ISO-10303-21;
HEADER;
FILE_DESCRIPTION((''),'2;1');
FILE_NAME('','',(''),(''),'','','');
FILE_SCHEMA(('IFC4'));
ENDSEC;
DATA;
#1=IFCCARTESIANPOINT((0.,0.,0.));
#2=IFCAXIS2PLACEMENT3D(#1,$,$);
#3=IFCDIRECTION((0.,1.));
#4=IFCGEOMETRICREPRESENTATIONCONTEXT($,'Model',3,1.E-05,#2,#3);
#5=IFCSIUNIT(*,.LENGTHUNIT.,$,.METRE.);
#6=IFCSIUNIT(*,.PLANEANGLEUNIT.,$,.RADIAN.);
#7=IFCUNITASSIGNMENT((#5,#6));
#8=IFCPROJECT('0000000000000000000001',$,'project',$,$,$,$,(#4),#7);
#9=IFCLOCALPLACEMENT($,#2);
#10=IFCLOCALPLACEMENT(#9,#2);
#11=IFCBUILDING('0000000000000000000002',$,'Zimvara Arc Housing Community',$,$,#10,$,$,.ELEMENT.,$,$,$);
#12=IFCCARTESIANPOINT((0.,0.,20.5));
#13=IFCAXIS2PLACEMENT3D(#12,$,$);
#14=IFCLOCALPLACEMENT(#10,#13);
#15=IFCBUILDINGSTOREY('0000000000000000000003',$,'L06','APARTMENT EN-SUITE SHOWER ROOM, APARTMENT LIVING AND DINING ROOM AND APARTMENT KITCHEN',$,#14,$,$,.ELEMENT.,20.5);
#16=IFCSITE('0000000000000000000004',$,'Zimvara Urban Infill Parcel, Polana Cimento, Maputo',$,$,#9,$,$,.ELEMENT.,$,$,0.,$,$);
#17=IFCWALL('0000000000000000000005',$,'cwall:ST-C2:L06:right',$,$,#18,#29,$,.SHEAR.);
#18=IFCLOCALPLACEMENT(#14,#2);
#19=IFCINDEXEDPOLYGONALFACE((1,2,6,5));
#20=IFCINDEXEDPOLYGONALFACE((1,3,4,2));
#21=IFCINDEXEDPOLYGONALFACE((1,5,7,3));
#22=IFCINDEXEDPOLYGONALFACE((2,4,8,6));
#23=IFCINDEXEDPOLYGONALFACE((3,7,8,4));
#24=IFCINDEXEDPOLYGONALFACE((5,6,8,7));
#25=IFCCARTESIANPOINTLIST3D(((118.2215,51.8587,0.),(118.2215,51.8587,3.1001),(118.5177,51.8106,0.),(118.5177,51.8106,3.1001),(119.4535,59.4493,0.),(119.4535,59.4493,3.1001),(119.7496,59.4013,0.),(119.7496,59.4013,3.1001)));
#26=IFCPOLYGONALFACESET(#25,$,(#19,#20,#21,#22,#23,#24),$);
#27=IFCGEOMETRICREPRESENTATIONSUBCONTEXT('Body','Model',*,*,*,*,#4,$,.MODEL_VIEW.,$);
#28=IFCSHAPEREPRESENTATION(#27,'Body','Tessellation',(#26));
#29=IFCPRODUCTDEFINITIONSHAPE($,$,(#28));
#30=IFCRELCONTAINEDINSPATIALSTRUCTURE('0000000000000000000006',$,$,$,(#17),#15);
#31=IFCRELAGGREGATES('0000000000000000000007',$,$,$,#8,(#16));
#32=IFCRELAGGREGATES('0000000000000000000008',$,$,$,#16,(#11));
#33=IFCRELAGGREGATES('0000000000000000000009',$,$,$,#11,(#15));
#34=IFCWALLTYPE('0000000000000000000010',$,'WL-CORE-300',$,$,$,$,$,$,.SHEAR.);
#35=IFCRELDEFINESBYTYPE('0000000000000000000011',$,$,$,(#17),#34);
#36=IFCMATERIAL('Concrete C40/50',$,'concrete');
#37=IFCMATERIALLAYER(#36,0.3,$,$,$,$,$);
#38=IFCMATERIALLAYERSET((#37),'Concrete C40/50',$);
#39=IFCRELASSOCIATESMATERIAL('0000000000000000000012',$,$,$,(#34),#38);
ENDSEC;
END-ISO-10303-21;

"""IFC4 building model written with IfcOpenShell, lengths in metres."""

from ifc_helpers import new_model, si_unit, direction, frame, frame_2d, origin, place, context, subcontext, project, spatial, rectangle, extrude, material, layer, layer_set, type_object, element, save


model = new_model("IFC4")

# Units and contexts
model_context = context("Model", 3, precision=1e-05, world=origin(), true_north=direction((0.0, 1.0)))
body_context = subcontext(model_context, "Body", "Model", "MODEL_VIEW")
ifc_project = project(units=[si_unit("LENGTHUNIT", "METRE"), si_unit("PLANEANGLEUNIT", "RADIAN")], contexts=[model_context])

# Site, building, storey
site_placement = place(None, origin())
site = spatial("IfcSite", under=ifc_project, at=site_placement, Name="Zimvara Urban Infill Parcel, Polana Cimento, Maputo", CompositionType="ELEMENT", RefElevation=0.0)
building_placement = place(site_placement, origin())
building = spatial("IfcBuilding", under=site, at=building_placement, Name="Zimvara Arc Housing Community", CompositionType="ELEMENT")
storey_placement = place(building_placement, frame((0.0, 0.0, 20.5)))
storey = spatial("IfcBuildingStorey", under=building, at=storey_placement, Name="L06", Description="APARTMENT EN-SUITE SHOWER ROOM, APARTMENT LIVING AND DINING ROOM AND APARTMENT KITCHEN", CompositionType="ELEMENT", Elevation=20.5)

# Wall
ifc_material_1 = material(Name="Concrete C40/50", Category="concrete")
ifc_layer_1 = layer(ifc_material_1, 0.3)
ifc_layer_set_1 = layer_set([ifc_layer_1], Name="Concrete C40/50")
wall_type_1 = type_object("IfcWallType", Name="WL-CORE-300", PredefinedType="SHEAR", material=ifc_layer_set_1)
for number, where, z_axis, x_axis, name in (
    (1, (119.6016, 59.4253, 0.0), (0.0, 0.0, 1.0), (-0.160202, -0.987084, 0.0), "cwall:ST-C2:L06:right"),
):
    element("IfcWall", number, at=place(storey_placement, frame(where, z_axis=z_axis, x_axis=x_axis)), inside=storey, type_object=wall_type_1, Name=name, PredefinedType="SHEAR", context=body_context, shape_type="SweptSolid", body=[
        extrude(rectangle(XDim=7.6899, YDim=0.3, at=frame_2d((3.845, 0.0))), origin(), (0.0, 0.0, 1.0), 3.1001),
    ])

save(model, "model.ifc")
